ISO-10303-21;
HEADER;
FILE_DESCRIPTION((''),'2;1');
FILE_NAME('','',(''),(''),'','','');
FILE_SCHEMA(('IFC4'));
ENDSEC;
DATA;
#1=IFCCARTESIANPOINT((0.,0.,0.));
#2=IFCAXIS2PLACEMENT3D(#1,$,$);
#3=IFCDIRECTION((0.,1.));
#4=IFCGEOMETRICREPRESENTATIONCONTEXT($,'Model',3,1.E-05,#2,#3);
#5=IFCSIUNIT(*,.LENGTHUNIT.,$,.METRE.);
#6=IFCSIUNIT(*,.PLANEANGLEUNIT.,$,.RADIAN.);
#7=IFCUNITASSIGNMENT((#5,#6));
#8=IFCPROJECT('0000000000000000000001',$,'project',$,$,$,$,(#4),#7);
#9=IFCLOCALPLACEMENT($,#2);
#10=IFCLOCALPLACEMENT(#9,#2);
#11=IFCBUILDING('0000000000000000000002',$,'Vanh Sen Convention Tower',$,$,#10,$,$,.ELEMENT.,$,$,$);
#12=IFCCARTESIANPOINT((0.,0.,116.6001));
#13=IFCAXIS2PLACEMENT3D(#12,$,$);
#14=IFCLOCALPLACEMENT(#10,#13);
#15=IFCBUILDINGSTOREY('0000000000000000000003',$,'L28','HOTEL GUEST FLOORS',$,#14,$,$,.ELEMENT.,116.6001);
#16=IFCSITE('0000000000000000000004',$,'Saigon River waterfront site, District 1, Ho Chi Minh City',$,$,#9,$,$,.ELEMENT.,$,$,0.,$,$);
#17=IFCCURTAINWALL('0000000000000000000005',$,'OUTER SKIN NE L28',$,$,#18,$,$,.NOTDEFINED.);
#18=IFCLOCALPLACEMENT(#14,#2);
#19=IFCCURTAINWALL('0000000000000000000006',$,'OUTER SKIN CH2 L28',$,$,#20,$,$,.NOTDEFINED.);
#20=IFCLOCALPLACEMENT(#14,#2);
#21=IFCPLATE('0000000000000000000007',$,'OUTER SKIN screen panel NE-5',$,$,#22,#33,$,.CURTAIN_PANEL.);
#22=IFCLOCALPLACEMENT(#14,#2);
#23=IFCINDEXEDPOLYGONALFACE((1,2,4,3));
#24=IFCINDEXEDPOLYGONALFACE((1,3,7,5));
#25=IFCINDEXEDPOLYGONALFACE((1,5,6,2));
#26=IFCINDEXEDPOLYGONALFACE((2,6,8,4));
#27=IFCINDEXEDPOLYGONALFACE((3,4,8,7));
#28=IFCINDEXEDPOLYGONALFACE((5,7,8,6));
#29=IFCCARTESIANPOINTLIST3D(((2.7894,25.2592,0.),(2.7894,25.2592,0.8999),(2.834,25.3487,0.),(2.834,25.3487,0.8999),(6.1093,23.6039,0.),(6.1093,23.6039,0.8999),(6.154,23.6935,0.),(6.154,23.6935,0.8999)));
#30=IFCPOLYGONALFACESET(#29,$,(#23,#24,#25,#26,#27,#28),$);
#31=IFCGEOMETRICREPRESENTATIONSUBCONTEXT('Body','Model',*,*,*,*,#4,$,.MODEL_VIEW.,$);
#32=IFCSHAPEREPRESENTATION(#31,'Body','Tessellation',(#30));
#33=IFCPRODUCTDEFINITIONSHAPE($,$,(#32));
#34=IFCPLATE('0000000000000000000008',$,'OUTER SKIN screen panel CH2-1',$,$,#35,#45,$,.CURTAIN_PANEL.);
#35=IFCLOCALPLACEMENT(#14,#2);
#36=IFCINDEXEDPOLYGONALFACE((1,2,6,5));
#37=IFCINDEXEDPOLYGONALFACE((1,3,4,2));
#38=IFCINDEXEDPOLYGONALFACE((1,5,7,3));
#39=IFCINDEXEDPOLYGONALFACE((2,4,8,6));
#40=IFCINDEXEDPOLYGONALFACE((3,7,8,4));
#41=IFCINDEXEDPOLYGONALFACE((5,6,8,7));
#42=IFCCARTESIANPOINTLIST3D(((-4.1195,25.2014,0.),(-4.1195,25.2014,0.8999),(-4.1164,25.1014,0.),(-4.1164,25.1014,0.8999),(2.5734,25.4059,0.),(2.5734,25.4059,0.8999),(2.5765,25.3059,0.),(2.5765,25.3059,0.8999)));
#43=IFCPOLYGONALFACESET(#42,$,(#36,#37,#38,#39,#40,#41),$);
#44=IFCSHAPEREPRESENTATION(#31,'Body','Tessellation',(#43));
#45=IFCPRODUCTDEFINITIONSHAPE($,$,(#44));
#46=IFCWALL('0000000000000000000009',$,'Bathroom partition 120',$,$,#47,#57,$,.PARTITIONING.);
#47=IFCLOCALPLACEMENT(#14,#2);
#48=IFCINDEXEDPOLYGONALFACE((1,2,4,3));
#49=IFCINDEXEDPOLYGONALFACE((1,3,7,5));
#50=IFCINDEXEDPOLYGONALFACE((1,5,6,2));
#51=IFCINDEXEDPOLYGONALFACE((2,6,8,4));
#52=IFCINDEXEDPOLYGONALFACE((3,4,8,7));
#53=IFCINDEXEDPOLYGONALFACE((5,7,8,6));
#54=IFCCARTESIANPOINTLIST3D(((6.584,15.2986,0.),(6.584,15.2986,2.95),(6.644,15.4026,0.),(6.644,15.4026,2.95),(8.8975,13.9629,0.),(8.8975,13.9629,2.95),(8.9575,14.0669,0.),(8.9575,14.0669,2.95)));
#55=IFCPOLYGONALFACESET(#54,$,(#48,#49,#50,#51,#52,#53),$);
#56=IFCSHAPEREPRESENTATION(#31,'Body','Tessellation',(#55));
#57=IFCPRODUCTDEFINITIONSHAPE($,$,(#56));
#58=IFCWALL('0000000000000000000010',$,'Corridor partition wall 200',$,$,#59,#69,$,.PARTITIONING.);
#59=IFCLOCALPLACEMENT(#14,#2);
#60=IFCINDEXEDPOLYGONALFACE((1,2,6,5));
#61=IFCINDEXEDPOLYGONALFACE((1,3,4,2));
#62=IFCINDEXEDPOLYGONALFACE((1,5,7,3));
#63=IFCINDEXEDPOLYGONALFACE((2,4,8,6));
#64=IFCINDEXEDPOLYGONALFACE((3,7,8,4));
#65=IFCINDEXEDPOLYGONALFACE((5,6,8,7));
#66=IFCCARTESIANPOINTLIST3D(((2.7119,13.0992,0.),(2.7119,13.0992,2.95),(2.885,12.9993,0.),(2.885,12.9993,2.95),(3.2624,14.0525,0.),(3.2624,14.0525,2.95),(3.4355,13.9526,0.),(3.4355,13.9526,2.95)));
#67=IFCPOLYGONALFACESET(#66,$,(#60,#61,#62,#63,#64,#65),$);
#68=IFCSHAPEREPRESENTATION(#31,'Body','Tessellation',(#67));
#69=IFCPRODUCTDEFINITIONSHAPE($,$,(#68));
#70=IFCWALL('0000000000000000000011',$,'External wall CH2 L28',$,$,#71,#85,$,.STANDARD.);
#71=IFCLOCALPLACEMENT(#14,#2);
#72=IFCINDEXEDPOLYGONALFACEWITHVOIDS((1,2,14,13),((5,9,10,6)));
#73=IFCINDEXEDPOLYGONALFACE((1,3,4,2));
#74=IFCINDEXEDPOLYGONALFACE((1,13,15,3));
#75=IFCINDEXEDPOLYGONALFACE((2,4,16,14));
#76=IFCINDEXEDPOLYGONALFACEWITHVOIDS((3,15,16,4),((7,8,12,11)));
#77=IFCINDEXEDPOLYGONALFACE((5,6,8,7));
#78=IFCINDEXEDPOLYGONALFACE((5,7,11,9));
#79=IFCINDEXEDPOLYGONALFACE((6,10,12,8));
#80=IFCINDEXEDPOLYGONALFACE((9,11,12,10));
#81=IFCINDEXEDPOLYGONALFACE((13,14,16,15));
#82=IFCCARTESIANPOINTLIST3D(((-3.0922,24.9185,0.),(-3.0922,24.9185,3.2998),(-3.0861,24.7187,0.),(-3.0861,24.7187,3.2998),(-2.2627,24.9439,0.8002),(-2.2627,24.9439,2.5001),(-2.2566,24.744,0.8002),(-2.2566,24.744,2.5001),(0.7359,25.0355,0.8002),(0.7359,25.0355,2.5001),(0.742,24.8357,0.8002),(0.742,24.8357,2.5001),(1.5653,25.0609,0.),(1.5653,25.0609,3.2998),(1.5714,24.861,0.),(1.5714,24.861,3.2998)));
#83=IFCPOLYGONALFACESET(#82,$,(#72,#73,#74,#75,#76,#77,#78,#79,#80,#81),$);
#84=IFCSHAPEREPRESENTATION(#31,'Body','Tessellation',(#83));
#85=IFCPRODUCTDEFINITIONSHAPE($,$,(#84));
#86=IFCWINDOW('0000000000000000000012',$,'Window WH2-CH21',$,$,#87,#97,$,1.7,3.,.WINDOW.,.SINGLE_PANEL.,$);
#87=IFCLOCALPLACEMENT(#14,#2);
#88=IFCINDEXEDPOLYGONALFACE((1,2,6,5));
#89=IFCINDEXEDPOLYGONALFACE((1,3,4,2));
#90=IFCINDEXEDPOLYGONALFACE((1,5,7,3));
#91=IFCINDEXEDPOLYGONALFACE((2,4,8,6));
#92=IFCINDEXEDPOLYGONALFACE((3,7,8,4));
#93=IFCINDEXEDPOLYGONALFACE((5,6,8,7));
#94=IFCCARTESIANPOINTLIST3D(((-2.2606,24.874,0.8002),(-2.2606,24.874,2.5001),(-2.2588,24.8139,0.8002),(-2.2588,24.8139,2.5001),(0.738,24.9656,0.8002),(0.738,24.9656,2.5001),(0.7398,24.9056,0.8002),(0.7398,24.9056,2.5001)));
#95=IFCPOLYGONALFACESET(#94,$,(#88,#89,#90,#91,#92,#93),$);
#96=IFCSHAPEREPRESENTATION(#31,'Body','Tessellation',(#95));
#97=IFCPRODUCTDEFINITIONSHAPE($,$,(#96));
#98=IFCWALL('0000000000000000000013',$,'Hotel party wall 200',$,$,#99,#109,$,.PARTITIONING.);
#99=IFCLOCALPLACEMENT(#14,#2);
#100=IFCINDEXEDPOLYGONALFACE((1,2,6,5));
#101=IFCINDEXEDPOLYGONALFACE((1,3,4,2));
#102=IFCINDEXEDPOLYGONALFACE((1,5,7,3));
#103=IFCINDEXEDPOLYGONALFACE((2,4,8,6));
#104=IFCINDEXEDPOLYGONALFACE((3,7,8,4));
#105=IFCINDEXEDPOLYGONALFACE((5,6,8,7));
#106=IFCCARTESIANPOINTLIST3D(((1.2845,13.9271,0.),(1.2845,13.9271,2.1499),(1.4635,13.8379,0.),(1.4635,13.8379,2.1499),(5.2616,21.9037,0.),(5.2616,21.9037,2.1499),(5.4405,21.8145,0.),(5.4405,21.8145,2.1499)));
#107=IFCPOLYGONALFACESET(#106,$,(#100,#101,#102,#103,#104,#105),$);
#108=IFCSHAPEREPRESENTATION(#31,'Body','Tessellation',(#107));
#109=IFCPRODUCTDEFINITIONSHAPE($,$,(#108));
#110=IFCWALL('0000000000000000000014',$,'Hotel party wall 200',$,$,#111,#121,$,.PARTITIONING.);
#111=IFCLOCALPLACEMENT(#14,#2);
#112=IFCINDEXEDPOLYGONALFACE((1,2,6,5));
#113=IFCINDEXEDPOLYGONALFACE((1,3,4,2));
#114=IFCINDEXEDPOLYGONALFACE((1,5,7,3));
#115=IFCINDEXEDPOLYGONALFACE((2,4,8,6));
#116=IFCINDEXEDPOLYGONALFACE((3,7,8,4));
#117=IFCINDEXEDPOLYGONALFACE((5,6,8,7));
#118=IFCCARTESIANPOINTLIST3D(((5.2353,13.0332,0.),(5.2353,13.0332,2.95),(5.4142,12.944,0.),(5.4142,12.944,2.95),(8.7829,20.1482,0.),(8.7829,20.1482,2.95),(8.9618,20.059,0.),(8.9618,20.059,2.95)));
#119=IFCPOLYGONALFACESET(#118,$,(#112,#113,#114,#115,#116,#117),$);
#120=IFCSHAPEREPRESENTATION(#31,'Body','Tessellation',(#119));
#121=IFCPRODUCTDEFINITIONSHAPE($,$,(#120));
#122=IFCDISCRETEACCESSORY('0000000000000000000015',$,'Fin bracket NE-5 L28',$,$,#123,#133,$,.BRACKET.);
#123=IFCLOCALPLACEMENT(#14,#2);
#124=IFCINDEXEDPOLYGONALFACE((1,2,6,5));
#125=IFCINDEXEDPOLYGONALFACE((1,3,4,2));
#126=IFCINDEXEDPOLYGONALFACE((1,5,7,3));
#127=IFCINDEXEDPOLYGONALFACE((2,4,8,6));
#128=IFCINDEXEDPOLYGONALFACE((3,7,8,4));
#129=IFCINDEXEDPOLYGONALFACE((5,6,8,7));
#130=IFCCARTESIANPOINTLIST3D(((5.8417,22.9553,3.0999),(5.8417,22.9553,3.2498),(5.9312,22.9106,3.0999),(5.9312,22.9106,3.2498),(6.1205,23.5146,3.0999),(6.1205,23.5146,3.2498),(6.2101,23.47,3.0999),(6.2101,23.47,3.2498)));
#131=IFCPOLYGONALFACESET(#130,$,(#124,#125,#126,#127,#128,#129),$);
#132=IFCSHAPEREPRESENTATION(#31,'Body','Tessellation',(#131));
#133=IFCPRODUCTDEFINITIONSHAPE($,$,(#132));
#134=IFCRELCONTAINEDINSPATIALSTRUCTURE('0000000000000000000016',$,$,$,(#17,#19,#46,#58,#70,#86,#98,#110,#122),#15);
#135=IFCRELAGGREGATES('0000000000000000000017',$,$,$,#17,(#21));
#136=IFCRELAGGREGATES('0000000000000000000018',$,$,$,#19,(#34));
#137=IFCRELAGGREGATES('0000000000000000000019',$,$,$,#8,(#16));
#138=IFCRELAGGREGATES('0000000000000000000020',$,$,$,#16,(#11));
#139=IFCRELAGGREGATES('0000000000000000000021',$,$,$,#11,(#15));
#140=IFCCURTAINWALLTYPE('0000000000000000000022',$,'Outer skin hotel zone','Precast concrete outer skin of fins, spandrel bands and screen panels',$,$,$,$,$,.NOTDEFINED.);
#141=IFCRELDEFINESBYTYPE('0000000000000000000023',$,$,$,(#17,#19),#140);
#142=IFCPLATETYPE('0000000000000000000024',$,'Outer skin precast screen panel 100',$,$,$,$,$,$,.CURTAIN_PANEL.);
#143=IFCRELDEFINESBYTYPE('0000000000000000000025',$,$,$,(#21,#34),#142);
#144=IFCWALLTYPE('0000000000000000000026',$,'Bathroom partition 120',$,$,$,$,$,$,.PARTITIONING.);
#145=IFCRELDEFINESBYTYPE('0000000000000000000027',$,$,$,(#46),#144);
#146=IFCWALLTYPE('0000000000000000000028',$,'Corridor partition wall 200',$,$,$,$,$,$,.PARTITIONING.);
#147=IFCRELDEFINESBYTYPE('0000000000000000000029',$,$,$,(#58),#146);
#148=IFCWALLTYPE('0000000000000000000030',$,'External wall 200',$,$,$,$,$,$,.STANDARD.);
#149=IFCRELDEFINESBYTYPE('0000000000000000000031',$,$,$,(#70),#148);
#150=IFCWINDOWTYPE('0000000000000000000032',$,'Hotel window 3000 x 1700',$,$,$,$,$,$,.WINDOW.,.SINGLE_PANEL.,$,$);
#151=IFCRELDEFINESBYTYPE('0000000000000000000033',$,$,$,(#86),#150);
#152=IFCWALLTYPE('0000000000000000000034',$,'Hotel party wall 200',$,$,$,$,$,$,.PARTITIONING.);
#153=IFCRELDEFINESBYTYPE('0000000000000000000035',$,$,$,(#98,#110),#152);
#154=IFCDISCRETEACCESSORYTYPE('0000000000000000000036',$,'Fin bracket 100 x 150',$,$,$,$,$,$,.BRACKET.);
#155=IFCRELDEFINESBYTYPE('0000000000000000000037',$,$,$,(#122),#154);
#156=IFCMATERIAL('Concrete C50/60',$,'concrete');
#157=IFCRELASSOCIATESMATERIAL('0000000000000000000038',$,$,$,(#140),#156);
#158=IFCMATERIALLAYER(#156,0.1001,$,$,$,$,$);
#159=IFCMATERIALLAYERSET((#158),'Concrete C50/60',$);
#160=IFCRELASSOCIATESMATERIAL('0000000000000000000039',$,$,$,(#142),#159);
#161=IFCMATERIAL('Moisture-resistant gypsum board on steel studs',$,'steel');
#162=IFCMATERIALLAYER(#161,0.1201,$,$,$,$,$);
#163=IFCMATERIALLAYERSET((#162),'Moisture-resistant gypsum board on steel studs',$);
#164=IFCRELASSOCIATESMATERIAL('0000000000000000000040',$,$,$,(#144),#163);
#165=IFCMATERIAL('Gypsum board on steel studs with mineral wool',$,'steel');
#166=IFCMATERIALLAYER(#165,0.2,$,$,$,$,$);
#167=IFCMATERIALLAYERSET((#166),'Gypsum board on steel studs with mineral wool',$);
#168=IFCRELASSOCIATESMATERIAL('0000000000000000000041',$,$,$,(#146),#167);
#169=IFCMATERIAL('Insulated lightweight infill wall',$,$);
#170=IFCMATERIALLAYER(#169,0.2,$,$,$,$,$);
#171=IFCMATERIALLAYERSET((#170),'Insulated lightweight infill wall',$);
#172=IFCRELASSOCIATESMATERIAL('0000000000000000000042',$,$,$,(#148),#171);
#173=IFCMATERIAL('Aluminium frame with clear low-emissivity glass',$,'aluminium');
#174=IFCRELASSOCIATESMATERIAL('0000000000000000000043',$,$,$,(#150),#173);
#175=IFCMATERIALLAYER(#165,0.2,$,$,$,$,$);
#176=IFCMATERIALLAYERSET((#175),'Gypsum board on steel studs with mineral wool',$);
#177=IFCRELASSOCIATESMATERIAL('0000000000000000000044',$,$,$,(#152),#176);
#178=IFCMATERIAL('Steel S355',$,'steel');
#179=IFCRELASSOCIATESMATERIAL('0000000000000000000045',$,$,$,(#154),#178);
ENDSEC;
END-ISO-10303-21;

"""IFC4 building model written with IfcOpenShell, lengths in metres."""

from ifc_helpers import new_model, si_unit, direction, frame, frame_2d, origin, origin_2d, place, context, subcontext, project, spatial, rectangle, extrude, material, layer, layer_set, type_object, element, fill, aggregate, save


model = new_model("IFC4")

# Units and contexts
model_context = context("Model", 3, precision=1e-05, world=origin(), true_north=direction((0.0, 1.0)))
body_context = subcontext(model_context, "Body", "Model", "MODEL_VIEW")
ifc_project = project(units=[si_unit("LENGTHUNIT", "METRE"), si_unit("PLANEANGLEUNIT", "RADIAN")], contexts=[model_context])

# Site, building, storey
site_placement = place(None, origin())
site = spatial("IfcSite", under=ifc_project, at=site_placement, Name="Saigon River waterfront site, District 1, Ho Chi Minh City", CompositionType="ELEMENT", RefElevation=0.0)
building_placement = place(site_placement, origin())
building = spatial("IfcBuilding", under=site, at=building_placement, Name="Vanh Sen Convention Tower", CompositionType="ELEMENT")
storey_placement = place(building_placement, frame((0.0, 0.0, 116.6001)))
storey = spatial("IfcBuildingStorey", under=building, at=storey_placement, Name="L28", Description="HOTEL GUEST FLOORS", CompositionType="ELEMENT", Elevation=116.6001)

# Curtain wall
ifc_material_1 = material(Name="Concrete C50/60", Category="concrete")
curtain_wall_type = type_object("IfcCurtainWallType", Name="Outer skin hotel zone", Description="Precast concrete outer skin of fins, spandrel bands and screen panels", PredefinedType="NOTDEFINED", material=ifc_material_1)
curtain_wall_1_placement = place(storey_placement, origin())
curtain_wall_1 = element("IfcCurtainWall", 1, at=curtain_wall_1_placement, inside=storey, type_object=curtain_wall_type, Name="OUTER SKIN NE L28", PredefinedType="NOTDEFINED")

# Curtain wall
curtain_wall_2_placement = place(storey_placement, origin())
curtain_wall_2 = element("IfcCurtainWall", 2, at=curtain_wall_2_placement, inside=storey, type_object=curtain_wall_type, Name="OUTER SKIN CH2 L28", PredefinedType="NOTDEFINED")

# Plates
ifc_layer_1 = layer(ifc_material_1, 0.1001)
ifc_layer_set_1 = layer_set([ifc_layer_1], Name="Concrete C50/60")
plate_type = type_object("IfcPlateType", Name="Outer skin precast screen panel 100", PredefinedType="CURTAIN_PANEL", material=ifc_layer_set_1)
plate_1_placement = place(storey_placement, frame((4.4717, 24.4763, 0.0), z_axis=(0.0, 0.0, 1.0), x_axis=(-0.894935, 0.446196, 0.0)))
plate_1 = element("IfcPlate", 3, at=plate_1_placement, type_object=plate_type, Name="OUTER SKIN screen panel NE-5", PredefinedType="CURTAIN_PANEL", context=body_context, shape_type="SweptSolid", body=[
    extrude(rectangle(XDim=3.7097, YDim=0.1001, at=origin_2d()), origin(), (0.0, 0.0, 1.0), 0.8999),
])
aggregate(curtain_wall_1, [plate_1])
plate_2_placement = place(storey_placement, frame((-0.7715, 25.2537, 0.0), z_axis=(0.0, 0.0, 1.0), x_axis=(-0.999534, -0.030537, 0.0)))
plate_2 = element("IfcPlate", 4, at=plate_2_placement, type_object=plate_type, Name="OUTER SKIN screen panel CH2-1", PredefinedType="CURTAIN_PANEL", context=body_context, shape_type="SweptSolid", body=[
    extrude(rectangle(XDim=6.696, YDim=0.1001, at=origin_2d()), origin(), (0.0, 0.0, 1.0), 0.8999),
])
aggregate(curtain_wall_2, [plate_2])

# Walls
ifc_material_2 = material(Name="Moisture-resistant gypsum board on steel studs", Category="steel")
ifc_layer_2 = layer(ifc_material_2, 0.1201)
ifc_layer_set_2 = layer_set([ifc_layer_2], Name="Moisture-resistant gypsum board on steel studs")
wall_type_1 = type_object("IfcWallType", Name="Bathroom partition 120", PredefinedType="PARTITIONING", material=ifc_layer_set_2)
wall_1_placement = place(storey_placement, frame((6.614, 15.3506, 0.0), z_axis=(0.0, 0.0, 1.0), x_axis=(0.866024, -0.500002, 0.0)))
element("IfcWall", 5, at=wall_1_placement, inside=storey, type_object=wall_type_1, Name="Bathroom partition 120", PredefinedType="PARTITIONING", context=body_context, shape_type="SweptSolid", body=[
    extrude(rectangle(XDim=2.6714, YDim=0.1201, at=frame_2d((1.3357, 0.0))), origin(), (0.0, 0.0, 1.0), 2.95),
])
ifc_material_3 = material(Name="Gypsum board on steel studs with mineral wool", Category="steel")
ifc_layer_3 = layer(ifc_material_3, 0.2)
ifc_layer_set_3 = layer_set([ifc_layer_3], Name="Gypsum board on steel studs with mineral wool")
wall_type_2 = type_object("IfcWallType", Name="Corridor partition wall 200", PredefinedType="PARTITIONING", material=ifc_layer_set_3)
wall_2_placement = place(storey_placement, frame((3.3489, 14.0024, 0.0), z_axis=(0.0, 0.0, 1.0), x_axis=(-0.500074, -0.865982, 0.0)))
element("IfcWall", 6, at=wall_2_placement, inside=storey, type_object=wall_type_2, Name="Corridor partition wall 200", PredefinedType="PARTITIONING", context=body_context, shape_type="SweptSolid", body=[
    extrude(rectangle(XDim=1.1008, YDim=0.2, at=frame_2d((0.5503, 0.0))), origin(), (0.0, 0.0, 1.0), 2.95),
])

# Wall, opening, window
ifc_material_4 = material(Name="Insulated lightweight infill wall")
ifc_layer_4 = layer(ifc_material_4, 0.2)
ifc_layer_set_4 = layer_set([ifc_layer_4], Name="Insulated lightweight infill wall")
wall_type_3 = type_object("IfcWallType", Name="External wall 200", PredefinedType="STANDARD", material=ifc_layer_set_4)
wall_3_placement = place(storey_placement, frame((1.5684, 24.9609, 0.0), z_axis=(0.0, 0.0, 1.0), x_axis=(-0.999533, -0.030546, 0.0)))
wall_3 = element("IfcWall", 7, at=wall_3_placement, inside=storey, type_object=wall_type_3, Name="External wall CH2 L28", PredefinedType="STANDARD", context=body_context, shape_type="SweptSolid", body=[
    extrude(rectangle(XDim=4.6597, YDim=0.2, at=frame_2d((2.3298, 0.0))), origin(), (0.0, 0.0, 1.0), 3.2998),
])
opening_placement = place(wall_3_placement, frame((0.8298, 0.0, 0.8)))
opening = element("IfcOpeningElement", 8, at=opening_placement, cuts=wall_3, PredefinedType="OPENING", context=body_context, shape_type="SweptSolid", body=[
    extrude(rectangle(XDim=3.0, YDim=1.7, at=frame_2d((1.5, 0.8501))), frame((0.0, 0.1099, 0.0), z_axis=(0.0, -1.0, 0.0), x_axis=(1.0, 0.0, 0.0)), (0.0, 0.0, 1.0), 0.22),
])
ifc_material_5 = material(Name="Aluminium frame with clear low-emissivity glass", Category="aluminium")
window_type = type_object("IfcWindowType", Name="Hotel window 3000 x 1700", PartitioningType="SINGLE_PANEL", PredefinedType="WINDOW", material=ifc_material_5)
window_placement = place(opening_placement, origin())
window = element("IfcWindow", 9, at=window_placement, inside=storey, type_object=window_type, Name="Window WH2-CH21", OverallHeight=1.7, OverallWidth=3.0, PartitioningType="SINGLE_PANEL", PredefinedType="WINDOW", context=body_context, shape_type="SweptSolid", body=[
    extrude(rectangle(XDim=3.0, YDim=1.7, at=frame_2d((1.5, 0.8501))), frame((0.0, 0.03, 0.0), z_axis=(0.0, -1.0, 0.0), x_axis=(1.0, 0.0, 0.0)), (0.0, 0.0, 1.0), 0.0601),
])
fill(opening, window)

# Walls
ifc_layer_5 = layer(ifc_material_3, 0.2)
ifc_layer_set_5 = layer_set([ifc_layer_5], Name="Gypsum board on steel studs with mineral wool")
wall_type_4 = type_object("IfcWallType", Name="Hotel party wall 200", PredefinedType="PARTITIONING", material=ifc_layer_set_5)
wall_4_placement = place(storey_placement, frame((5.3511, 21.8591, 0.0), z_axis=(0.0, 0.0, 1.0), x_axis=(-0.446205, -0.894931, 0.0)))
element("IfcWall", 10, at=wall_4_placement, inside=storey, type_object=wall_type_4, Name="Hotel party wall 200", PredefinedType="PARTITIONING", context=body_context, shape_type="SweptSolid", body=[
    extrude(rectangle(XDim=8.9131, YDim=0.2, at=frame_2d((4.4565, 0.0))), origin(), (0.0, 0.0, 1.0), 2.1499),
])
wall_5_placement = place(storey_placement, frame((8.8723, 20.1035, 0.0), z_axis=(0.0, 0.0, 1.0), x_axis=(-0.446218, -0.894924, 0.0)))
element("IfcWall", 11, at=wall_5_placement, inside=storey, type_object=wall_type_4, Name="Hotel party wall 200", PredefinedType="PARTITIONING", context=body_context, shape_type="SweptSolid", body=[
    extrude(rectangle(XDim=7.9504, YDim=0.2, at=frame_2d((3.9751, 0.0))), origin(), (0.0, 0.0, 1.0), 2.95),
])

# Discrete accessory
ifc_material_6 = material(Name="Steel S355", Category="steel")
discrete_accessory_type = type_object("IfcDiscreteAccessoryType", Name="Fin bracket 100 x 150", PredefinedType="BRACKET", material=ifc_material_6)
discrete_accessory_placement = place(storey_placement, frame((6.0259, 23.2126, 3.0999), z_axis=(0.0, 0.0, 1.0), x_axis=(0.446198, 0.894934, 0.0)))
element("IfcDiscreteAccessory", 12, at=discrete_accessory_placement, inside=storey, type_object=discrete_accessory_type, Name="Fin bracket NE-5 L28", PredefinedType="BRACKET", context=body_context, shape_type="SweptSolid", body=[
    extrude(rectangle(XDim=0.625, YDim=0.1001, at=origin_2d()), origin(), (0.0, 0.0, 1.0), 0.1499),
])

save(model, "model.ifc")
